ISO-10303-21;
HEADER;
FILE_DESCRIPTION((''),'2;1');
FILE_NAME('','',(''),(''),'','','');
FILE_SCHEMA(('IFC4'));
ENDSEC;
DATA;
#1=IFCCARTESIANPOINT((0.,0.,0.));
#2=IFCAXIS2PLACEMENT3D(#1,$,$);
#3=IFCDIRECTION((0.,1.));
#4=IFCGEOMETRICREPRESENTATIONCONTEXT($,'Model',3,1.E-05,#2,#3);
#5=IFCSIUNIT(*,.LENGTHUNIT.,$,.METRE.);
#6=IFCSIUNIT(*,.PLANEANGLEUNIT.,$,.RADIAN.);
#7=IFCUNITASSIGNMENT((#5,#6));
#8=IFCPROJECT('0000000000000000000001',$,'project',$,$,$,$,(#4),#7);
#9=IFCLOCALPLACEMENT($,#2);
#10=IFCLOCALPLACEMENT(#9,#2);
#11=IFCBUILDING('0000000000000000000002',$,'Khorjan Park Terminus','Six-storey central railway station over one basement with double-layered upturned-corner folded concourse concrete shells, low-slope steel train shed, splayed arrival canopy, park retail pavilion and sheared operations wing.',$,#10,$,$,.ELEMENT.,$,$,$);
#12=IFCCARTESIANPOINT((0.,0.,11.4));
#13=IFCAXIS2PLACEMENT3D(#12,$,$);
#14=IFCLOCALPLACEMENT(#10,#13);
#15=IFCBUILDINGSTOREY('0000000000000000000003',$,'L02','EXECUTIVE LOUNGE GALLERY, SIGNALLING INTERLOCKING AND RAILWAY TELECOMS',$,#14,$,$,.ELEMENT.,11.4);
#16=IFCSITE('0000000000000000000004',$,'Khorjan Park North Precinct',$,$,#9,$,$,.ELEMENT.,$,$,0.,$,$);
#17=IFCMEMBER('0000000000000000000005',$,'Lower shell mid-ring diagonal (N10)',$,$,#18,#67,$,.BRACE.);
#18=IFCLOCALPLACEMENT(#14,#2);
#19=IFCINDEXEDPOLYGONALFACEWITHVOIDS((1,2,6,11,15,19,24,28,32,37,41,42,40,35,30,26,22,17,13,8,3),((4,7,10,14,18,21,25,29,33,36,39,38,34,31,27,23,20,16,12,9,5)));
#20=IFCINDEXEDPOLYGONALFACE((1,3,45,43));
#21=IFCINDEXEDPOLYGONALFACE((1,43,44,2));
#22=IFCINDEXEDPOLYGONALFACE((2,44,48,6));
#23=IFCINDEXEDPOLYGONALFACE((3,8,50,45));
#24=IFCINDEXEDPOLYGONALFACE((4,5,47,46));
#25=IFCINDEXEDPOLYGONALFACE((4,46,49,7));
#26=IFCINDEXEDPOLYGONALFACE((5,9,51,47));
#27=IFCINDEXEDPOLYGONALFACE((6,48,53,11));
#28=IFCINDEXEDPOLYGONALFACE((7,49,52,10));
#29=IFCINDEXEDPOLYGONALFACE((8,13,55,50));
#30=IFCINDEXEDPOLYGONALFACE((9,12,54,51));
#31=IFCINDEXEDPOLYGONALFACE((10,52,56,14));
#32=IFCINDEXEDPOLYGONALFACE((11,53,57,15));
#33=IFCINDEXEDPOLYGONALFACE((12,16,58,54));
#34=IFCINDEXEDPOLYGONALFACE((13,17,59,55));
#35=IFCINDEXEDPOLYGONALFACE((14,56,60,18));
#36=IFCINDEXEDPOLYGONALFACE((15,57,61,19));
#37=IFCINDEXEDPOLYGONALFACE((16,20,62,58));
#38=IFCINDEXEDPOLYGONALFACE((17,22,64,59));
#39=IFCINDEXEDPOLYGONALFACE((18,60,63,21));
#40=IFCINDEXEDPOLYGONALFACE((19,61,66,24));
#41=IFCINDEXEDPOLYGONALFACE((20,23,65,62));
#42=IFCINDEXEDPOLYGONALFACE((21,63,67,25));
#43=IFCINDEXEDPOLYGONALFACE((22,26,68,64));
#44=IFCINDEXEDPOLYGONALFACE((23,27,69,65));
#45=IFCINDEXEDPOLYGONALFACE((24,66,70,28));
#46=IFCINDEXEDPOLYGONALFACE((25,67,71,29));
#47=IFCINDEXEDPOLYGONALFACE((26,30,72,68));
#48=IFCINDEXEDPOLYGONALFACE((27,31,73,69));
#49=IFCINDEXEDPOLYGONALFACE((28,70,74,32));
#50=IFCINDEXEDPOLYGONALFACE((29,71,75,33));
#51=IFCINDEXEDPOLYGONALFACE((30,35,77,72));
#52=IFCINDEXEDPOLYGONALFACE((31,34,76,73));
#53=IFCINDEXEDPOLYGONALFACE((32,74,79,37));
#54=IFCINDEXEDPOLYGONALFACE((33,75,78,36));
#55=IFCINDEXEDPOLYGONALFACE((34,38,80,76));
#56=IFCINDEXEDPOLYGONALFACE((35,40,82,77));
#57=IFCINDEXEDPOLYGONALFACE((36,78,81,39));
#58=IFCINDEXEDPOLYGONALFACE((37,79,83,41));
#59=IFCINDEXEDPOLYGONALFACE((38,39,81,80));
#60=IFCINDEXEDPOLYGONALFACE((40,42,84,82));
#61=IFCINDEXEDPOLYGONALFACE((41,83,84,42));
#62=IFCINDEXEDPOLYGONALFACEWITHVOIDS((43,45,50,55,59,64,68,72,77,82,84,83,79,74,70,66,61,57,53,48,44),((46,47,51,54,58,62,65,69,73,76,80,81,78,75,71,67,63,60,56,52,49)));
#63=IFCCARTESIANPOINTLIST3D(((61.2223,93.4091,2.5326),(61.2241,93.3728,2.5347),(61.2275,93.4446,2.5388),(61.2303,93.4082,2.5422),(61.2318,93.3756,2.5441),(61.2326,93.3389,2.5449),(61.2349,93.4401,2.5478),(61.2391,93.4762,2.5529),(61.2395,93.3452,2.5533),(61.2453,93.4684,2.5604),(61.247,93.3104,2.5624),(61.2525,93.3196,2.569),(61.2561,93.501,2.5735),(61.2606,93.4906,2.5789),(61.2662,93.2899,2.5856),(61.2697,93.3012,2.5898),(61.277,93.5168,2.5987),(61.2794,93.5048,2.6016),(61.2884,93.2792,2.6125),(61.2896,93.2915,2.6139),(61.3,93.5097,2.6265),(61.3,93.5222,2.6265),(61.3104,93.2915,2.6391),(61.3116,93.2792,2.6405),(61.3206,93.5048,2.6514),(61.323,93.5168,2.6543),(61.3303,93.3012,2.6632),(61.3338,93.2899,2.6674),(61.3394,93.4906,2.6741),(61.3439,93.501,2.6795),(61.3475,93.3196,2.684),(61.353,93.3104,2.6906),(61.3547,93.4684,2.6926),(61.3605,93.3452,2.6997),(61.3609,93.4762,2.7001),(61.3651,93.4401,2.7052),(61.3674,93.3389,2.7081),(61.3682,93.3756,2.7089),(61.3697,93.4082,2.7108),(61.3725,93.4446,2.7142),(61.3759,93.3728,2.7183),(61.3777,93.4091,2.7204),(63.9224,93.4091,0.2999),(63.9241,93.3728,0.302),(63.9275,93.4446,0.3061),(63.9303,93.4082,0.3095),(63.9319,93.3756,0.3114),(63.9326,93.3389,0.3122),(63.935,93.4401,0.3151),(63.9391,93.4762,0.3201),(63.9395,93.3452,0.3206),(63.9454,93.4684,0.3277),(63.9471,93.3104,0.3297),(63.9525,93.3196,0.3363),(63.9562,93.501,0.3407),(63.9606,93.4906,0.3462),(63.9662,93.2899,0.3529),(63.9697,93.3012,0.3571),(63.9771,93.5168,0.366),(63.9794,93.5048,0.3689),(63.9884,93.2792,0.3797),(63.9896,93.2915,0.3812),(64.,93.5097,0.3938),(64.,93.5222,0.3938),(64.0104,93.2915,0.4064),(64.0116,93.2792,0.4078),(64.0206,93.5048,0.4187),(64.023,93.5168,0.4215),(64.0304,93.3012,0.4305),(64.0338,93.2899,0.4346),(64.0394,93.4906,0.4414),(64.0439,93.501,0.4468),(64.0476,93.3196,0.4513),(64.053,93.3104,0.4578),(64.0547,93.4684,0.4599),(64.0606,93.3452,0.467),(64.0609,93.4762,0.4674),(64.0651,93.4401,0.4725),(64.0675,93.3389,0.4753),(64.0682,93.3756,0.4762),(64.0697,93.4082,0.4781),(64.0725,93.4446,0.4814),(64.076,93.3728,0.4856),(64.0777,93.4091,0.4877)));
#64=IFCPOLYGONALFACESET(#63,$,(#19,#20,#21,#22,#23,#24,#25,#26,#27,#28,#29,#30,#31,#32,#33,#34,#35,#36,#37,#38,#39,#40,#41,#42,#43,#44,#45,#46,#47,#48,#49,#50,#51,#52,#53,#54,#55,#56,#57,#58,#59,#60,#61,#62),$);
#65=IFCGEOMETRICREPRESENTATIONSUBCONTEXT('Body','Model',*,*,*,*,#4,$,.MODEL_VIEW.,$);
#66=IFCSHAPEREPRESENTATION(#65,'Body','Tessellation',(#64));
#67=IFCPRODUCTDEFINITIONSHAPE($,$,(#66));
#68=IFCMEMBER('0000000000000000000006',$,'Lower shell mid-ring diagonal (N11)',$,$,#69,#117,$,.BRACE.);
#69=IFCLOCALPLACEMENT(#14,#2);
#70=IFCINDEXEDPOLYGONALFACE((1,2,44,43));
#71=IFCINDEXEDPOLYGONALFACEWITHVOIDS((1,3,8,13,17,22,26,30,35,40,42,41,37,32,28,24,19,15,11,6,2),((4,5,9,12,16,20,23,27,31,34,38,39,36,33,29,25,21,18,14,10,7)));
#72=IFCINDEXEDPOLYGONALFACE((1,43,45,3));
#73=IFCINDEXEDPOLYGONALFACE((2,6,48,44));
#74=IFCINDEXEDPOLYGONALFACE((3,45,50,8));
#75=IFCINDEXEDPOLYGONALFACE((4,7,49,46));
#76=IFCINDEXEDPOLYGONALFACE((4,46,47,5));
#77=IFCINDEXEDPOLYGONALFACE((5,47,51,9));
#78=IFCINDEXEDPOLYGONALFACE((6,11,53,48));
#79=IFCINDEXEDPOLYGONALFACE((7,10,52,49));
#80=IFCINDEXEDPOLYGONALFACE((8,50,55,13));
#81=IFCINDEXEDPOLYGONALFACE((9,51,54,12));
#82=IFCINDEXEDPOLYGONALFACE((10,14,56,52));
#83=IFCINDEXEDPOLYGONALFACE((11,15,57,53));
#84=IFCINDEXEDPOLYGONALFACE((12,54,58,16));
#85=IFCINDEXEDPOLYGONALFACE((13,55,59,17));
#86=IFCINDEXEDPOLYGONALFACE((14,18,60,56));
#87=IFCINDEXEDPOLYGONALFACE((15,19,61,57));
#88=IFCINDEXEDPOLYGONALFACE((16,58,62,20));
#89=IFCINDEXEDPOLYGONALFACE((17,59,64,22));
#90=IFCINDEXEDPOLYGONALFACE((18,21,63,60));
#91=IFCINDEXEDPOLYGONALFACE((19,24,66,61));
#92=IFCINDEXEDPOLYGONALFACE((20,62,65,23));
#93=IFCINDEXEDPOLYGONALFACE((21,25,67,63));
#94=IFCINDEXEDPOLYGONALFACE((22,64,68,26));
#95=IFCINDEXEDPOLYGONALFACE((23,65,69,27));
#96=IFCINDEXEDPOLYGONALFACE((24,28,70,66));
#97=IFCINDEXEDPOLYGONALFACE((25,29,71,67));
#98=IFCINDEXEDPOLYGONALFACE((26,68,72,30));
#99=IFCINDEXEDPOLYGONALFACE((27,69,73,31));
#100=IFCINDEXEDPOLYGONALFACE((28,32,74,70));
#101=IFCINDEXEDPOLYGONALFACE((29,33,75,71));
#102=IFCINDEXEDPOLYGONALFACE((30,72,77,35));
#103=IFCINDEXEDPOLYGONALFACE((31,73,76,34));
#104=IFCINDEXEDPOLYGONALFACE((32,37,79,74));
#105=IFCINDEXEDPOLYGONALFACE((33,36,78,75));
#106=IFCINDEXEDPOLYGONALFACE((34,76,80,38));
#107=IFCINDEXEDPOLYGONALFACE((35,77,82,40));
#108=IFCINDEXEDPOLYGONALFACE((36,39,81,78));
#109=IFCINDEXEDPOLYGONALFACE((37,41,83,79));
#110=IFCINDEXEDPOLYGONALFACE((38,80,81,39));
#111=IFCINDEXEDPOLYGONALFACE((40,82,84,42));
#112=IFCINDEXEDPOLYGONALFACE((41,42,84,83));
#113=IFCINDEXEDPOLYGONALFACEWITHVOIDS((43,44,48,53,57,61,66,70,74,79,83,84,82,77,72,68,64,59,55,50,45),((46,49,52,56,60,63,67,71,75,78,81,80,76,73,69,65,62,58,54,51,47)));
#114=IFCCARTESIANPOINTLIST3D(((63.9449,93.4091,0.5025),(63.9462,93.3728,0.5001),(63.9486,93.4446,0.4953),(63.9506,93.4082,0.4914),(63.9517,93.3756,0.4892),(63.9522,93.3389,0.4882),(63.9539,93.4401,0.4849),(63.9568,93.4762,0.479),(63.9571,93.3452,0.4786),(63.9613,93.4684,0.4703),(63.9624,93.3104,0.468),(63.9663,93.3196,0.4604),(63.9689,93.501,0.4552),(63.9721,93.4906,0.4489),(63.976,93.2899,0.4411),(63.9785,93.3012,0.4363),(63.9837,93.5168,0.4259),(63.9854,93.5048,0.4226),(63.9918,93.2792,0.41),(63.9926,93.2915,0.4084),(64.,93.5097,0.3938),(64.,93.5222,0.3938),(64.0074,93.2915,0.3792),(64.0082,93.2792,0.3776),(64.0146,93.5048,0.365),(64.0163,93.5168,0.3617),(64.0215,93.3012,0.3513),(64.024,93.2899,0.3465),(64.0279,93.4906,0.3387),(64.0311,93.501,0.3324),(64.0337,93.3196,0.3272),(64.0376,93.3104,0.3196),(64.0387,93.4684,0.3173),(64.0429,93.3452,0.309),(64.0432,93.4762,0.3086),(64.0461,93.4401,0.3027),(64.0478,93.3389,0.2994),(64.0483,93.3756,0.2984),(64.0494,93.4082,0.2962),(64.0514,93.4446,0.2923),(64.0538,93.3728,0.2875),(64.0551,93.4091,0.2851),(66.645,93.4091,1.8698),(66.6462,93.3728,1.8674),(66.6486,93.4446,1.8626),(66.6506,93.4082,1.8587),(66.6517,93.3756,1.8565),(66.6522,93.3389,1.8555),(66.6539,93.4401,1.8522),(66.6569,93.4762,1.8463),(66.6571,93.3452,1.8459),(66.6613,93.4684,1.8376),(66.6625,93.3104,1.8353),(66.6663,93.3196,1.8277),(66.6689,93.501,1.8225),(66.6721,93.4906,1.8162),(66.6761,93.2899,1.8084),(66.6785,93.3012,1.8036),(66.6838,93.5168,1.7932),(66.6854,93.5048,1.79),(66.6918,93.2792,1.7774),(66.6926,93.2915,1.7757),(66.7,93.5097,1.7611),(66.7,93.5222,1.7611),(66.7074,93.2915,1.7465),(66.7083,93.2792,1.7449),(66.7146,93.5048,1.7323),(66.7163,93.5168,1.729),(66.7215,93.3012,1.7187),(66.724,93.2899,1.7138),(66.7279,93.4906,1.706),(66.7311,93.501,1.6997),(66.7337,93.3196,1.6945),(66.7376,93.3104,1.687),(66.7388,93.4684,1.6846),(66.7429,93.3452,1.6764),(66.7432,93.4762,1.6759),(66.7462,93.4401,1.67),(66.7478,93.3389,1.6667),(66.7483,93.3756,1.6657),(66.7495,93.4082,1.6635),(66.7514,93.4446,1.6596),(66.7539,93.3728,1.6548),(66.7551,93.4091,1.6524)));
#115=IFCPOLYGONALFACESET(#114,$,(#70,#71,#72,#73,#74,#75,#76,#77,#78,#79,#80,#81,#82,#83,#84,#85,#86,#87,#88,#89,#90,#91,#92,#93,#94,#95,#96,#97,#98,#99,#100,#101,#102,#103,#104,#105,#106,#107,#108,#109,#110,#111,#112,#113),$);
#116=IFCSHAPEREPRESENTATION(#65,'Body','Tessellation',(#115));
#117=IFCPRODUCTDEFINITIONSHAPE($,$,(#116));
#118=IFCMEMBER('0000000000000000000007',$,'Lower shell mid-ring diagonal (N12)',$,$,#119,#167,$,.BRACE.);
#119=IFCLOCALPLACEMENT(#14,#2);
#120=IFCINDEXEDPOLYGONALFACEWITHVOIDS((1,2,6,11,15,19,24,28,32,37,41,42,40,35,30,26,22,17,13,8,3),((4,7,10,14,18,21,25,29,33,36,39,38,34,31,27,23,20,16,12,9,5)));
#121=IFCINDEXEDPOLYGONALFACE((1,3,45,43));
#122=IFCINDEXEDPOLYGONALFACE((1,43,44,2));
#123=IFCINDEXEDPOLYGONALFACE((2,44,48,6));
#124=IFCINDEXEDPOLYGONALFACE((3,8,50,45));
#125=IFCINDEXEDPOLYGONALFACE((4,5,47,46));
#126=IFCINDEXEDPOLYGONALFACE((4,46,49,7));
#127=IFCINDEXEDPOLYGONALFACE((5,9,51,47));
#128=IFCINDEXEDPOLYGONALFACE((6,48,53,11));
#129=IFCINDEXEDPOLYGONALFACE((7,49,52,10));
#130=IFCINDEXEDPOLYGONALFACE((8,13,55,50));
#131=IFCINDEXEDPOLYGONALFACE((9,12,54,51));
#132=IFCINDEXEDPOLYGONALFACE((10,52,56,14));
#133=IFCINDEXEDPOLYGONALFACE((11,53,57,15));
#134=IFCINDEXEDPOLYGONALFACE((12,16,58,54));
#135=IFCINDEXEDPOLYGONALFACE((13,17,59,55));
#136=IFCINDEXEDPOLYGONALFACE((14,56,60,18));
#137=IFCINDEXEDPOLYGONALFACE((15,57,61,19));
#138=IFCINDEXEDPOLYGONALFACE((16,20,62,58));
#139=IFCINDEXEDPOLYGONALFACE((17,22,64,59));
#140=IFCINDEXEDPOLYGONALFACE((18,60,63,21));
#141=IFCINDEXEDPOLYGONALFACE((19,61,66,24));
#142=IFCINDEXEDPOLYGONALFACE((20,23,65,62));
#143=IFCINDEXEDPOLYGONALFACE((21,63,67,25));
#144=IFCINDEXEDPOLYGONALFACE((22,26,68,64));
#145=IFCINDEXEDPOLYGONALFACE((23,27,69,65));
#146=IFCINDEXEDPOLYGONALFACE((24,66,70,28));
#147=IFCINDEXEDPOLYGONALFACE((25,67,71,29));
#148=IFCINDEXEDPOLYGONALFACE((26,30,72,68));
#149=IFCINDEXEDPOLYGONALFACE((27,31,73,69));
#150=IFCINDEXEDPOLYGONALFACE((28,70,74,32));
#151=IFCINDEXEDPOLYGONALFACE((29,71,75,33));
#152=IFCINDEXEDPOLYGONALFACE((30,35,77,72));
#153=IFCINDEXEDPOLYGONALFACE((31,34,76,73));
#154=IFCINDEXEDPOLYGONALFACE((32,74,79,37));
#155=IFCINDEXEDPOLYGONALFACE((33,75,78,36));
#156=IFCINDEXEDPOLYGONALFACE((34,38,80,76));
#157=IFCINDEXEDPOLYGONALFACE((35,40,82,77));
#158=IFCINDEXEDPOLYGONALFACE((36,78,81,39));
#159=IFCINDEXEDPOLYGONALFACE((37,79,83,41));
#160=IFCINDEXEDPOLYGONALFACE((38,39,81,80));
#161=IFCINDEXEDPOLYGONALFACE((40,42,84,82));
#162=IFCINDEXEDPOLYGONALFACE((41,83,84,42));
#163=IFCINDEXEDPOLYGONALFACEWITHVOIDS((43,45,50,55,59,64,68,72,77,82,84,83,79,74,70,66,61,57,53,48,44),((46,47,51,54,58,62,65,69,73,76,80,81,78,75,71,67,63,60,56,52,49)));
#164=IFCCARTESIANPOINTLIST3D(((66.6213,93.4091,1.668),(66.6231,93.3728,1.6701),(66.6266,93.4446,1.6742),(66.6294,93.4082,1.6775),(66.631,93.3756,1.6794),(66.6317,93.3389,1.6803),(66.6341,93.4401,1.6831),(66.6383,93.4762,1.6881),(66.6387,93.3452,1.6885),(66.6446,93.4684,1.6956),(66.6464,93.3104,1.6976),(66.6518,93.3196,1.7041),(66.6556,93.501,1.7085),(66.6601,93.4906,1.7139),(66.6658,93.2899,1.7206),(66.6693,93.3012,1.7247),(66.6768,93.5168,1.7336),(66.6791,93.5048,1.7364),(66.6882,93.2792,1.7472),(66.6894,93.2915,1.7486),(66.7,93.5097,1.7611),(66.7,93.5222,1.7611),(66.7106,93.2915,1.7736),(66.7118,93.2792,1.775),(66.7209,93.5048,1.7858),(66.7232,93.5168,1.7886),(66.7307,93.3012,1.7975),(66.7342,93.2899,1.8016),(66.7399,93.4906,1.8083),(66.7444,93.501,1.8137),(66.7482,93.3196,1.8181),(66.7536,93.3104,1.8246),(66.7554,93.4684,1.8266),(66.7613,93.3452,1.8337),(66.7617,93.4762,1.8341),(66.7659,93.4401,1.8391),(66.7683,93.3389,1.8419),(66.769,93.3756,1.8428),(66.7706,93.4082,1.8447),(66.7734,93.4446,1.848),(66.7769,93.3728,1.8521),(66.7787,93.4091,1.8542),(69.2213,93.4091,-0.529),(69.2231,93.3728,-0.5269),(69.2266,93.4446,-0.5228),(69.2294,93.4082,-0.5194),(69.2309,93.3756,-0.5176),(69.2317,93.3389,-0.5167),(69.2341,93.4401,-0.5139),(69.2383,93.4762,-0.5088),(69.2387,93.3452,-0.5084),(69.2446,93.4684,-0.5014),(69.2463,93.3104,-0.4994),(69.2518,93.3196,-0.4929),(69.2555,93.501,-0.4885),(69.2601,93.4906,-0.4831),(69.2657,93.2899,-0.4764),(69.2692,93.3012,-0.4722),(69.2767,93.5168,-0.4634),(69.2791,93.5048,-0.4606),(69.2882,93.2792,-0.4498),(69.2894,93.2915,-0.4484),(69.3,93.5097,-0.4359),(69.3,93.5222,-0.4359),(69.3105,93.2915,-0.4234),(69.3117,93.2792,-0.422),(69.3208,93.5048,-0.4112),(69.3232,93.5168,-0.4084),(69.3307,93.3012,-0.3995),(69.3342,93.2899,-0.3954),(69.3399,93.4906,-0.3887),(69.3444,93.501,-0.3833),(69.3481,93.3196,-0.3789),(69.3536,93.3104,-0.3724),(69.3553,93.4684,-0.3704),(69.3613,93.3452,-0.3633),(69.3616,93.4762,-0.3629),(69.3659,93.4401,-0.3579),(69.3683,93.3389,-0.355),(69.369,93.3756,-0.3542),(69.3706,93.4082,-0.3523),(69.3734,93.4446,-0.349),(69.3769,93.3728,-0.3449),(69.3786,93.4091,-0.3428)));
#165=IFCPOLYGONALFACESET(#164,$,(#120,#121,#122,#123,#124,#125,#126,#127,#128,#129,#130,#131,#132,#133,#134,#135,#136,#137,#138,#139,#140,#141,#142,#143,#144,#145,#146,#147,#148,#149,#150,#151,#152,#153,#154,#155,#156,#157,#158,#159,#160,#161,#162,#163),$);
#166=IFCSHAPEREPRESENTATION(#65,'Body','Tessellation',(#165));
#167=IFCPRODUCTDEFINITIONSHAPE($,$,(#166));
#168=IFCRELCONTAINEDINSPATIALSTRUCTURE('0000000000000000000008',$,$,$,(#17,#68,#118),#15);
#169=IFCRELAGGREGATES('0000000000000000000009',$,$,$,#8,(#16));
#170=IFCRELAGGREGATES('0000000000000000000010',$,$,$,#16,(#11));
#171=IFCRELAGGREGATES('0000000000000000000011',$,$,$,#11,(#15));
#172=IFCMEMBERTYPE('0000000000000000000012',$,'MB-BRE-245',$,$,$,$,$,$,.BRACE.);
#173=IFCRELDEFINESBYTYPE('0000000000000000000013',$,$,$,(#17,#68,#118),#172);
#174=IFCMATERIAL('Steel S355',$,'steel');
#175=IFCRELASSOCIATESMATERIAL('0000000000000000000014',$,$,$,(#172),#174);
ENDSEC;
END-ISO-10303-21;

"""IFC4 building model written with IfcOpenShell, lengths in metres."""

from ifc_helpers import new_model, si_unit, direction, frame, origin, origin_2d, place, context, subcontext, project, spatial, hollow_circle, extrude, material, material_profile, profile_set, type_object, element, save


model = new_model("IFC4")

# Units and contexts
model_context = context("Model", 3, precision=1e-05, world=origin(), true_north=direction((0.0, 1.0)))
body_context = subcontext(model_context, "Body", "Model", "MODEL_VIEW")
ifc_project = project(units=[si_unit("LENGTHUNIT", "METRE"), si_unit("PLANEANGLEUNIT", "RADIAN")], contexts=[model_context])

# Site, building, storey
site_placement = place(None, origin())
site = spatial("IfcSite", under=ifc_project, at=site_placement, Name="Khorjan Park North Precinct", CompositionType="ELEMENT", RefElevation=0.0)
building_placement = place(site_placement, origin())
building = spatial("IfcBuilding", under=site, at=building_placement, Name="Khorjan Park Terminus", Description="Six-storey central railway station over one basement with double-layered upturned-corner folded concourse concrete shells, low-slope steel train shed, splayed arrival canopy, park retail pavilion and sheared operations wing.", CompositionType="ELEMENT")
storey_placement = place(building_placement, frame((0.0, 0.0, 11.4)))
storey = spatial("IfcBuildingStorey", under=building, at=storey_placement, Name="L02", Description="EXECUTIVE LOUNGE GALLERY, SIGNALLING INTERLOCKING AND RAILWAY TELECOMS", CompositionType="ELEMENT", Elevation=11.4)

# Members
ifc_material_1 = material(Name="Steel S355", Category="steel")
ifc_material_profile_1 = material_profile(ifc_material_1, hollow_circle(Radius=0.1222, WallThickness=0.0125, at=origin_2d()), Name="CHS 244.5x12.5")
ifc_profile_set_1 = profile_set([ifc_material_profile_1], Name="Steel S355")
member_type_1 = type_object("IfcMemberType", Name="MB-BRE-245", PredefinedType="BRACE", material=ifc_profile_set_1)
member_1_placement = place(storey_placement, frame((61.3, 93.4, 2.6265), z_axis=(0.770644, 0.0, -0.637266), x_axis=(0.0, 1.0, 0.0)))
element("IfcMember", 1, at=member_1_placement, inside=storey, type_object=member_type_1, Name="Lower shell mid-ring diagonal (N10)", PredefinedType="BRACE", context=body_context, shape_type="SweptSolid", body=[
    extrude(hollow_circle(Radius=0.1222, WallThickness=0.0125, at=origin_2d()), origin(), (0.0, 0.0, 1.0), 3.5036),
])
member_2_placement = place(storey_placement, frame((64.0, 93.4, 0.3938), z_axis=(0.892129, 0.0, 0.451781), x_axis=(0.0, 1.0, 0.0)))
element("IfcMember", 2, at=member_2_placement, inside=storey, type_object=member_type_1, Name="Lower shell mid-ring diagonal (N11)", PredefinedType="BRACE", context=body_context, shape_type="SweptSolid", body=[
    extrude(hollow_circle(Radius=0.1222, WallThickness=0.0125, at=origin_2d()), origin(), (0.0, 0.0, 1.0), 3.0265),
])
member_3_placement = place(storey_placement, frame((66.7, 93.4, 1.7611), z_axis=(0.763821, 0.0, -0.645428), x_axis=(0.0, 1.0, 0.0)))
element("IfcMember", 3, at=member_3_placement, inside=storey, type_object=member_type_1, Name="Lower shell mid-ring diagonal (N12)", PredefinedType="BRACE", context=body_context, shape_type="SweptSolid", body=[
    extrude(hollow_circle(Radius=0.1222, WallThickness=0.0125, at=origin_2d()), origin(), (0.0, 0.0, 1.0), 3.4039),
])

save(model, "model.ifc")
